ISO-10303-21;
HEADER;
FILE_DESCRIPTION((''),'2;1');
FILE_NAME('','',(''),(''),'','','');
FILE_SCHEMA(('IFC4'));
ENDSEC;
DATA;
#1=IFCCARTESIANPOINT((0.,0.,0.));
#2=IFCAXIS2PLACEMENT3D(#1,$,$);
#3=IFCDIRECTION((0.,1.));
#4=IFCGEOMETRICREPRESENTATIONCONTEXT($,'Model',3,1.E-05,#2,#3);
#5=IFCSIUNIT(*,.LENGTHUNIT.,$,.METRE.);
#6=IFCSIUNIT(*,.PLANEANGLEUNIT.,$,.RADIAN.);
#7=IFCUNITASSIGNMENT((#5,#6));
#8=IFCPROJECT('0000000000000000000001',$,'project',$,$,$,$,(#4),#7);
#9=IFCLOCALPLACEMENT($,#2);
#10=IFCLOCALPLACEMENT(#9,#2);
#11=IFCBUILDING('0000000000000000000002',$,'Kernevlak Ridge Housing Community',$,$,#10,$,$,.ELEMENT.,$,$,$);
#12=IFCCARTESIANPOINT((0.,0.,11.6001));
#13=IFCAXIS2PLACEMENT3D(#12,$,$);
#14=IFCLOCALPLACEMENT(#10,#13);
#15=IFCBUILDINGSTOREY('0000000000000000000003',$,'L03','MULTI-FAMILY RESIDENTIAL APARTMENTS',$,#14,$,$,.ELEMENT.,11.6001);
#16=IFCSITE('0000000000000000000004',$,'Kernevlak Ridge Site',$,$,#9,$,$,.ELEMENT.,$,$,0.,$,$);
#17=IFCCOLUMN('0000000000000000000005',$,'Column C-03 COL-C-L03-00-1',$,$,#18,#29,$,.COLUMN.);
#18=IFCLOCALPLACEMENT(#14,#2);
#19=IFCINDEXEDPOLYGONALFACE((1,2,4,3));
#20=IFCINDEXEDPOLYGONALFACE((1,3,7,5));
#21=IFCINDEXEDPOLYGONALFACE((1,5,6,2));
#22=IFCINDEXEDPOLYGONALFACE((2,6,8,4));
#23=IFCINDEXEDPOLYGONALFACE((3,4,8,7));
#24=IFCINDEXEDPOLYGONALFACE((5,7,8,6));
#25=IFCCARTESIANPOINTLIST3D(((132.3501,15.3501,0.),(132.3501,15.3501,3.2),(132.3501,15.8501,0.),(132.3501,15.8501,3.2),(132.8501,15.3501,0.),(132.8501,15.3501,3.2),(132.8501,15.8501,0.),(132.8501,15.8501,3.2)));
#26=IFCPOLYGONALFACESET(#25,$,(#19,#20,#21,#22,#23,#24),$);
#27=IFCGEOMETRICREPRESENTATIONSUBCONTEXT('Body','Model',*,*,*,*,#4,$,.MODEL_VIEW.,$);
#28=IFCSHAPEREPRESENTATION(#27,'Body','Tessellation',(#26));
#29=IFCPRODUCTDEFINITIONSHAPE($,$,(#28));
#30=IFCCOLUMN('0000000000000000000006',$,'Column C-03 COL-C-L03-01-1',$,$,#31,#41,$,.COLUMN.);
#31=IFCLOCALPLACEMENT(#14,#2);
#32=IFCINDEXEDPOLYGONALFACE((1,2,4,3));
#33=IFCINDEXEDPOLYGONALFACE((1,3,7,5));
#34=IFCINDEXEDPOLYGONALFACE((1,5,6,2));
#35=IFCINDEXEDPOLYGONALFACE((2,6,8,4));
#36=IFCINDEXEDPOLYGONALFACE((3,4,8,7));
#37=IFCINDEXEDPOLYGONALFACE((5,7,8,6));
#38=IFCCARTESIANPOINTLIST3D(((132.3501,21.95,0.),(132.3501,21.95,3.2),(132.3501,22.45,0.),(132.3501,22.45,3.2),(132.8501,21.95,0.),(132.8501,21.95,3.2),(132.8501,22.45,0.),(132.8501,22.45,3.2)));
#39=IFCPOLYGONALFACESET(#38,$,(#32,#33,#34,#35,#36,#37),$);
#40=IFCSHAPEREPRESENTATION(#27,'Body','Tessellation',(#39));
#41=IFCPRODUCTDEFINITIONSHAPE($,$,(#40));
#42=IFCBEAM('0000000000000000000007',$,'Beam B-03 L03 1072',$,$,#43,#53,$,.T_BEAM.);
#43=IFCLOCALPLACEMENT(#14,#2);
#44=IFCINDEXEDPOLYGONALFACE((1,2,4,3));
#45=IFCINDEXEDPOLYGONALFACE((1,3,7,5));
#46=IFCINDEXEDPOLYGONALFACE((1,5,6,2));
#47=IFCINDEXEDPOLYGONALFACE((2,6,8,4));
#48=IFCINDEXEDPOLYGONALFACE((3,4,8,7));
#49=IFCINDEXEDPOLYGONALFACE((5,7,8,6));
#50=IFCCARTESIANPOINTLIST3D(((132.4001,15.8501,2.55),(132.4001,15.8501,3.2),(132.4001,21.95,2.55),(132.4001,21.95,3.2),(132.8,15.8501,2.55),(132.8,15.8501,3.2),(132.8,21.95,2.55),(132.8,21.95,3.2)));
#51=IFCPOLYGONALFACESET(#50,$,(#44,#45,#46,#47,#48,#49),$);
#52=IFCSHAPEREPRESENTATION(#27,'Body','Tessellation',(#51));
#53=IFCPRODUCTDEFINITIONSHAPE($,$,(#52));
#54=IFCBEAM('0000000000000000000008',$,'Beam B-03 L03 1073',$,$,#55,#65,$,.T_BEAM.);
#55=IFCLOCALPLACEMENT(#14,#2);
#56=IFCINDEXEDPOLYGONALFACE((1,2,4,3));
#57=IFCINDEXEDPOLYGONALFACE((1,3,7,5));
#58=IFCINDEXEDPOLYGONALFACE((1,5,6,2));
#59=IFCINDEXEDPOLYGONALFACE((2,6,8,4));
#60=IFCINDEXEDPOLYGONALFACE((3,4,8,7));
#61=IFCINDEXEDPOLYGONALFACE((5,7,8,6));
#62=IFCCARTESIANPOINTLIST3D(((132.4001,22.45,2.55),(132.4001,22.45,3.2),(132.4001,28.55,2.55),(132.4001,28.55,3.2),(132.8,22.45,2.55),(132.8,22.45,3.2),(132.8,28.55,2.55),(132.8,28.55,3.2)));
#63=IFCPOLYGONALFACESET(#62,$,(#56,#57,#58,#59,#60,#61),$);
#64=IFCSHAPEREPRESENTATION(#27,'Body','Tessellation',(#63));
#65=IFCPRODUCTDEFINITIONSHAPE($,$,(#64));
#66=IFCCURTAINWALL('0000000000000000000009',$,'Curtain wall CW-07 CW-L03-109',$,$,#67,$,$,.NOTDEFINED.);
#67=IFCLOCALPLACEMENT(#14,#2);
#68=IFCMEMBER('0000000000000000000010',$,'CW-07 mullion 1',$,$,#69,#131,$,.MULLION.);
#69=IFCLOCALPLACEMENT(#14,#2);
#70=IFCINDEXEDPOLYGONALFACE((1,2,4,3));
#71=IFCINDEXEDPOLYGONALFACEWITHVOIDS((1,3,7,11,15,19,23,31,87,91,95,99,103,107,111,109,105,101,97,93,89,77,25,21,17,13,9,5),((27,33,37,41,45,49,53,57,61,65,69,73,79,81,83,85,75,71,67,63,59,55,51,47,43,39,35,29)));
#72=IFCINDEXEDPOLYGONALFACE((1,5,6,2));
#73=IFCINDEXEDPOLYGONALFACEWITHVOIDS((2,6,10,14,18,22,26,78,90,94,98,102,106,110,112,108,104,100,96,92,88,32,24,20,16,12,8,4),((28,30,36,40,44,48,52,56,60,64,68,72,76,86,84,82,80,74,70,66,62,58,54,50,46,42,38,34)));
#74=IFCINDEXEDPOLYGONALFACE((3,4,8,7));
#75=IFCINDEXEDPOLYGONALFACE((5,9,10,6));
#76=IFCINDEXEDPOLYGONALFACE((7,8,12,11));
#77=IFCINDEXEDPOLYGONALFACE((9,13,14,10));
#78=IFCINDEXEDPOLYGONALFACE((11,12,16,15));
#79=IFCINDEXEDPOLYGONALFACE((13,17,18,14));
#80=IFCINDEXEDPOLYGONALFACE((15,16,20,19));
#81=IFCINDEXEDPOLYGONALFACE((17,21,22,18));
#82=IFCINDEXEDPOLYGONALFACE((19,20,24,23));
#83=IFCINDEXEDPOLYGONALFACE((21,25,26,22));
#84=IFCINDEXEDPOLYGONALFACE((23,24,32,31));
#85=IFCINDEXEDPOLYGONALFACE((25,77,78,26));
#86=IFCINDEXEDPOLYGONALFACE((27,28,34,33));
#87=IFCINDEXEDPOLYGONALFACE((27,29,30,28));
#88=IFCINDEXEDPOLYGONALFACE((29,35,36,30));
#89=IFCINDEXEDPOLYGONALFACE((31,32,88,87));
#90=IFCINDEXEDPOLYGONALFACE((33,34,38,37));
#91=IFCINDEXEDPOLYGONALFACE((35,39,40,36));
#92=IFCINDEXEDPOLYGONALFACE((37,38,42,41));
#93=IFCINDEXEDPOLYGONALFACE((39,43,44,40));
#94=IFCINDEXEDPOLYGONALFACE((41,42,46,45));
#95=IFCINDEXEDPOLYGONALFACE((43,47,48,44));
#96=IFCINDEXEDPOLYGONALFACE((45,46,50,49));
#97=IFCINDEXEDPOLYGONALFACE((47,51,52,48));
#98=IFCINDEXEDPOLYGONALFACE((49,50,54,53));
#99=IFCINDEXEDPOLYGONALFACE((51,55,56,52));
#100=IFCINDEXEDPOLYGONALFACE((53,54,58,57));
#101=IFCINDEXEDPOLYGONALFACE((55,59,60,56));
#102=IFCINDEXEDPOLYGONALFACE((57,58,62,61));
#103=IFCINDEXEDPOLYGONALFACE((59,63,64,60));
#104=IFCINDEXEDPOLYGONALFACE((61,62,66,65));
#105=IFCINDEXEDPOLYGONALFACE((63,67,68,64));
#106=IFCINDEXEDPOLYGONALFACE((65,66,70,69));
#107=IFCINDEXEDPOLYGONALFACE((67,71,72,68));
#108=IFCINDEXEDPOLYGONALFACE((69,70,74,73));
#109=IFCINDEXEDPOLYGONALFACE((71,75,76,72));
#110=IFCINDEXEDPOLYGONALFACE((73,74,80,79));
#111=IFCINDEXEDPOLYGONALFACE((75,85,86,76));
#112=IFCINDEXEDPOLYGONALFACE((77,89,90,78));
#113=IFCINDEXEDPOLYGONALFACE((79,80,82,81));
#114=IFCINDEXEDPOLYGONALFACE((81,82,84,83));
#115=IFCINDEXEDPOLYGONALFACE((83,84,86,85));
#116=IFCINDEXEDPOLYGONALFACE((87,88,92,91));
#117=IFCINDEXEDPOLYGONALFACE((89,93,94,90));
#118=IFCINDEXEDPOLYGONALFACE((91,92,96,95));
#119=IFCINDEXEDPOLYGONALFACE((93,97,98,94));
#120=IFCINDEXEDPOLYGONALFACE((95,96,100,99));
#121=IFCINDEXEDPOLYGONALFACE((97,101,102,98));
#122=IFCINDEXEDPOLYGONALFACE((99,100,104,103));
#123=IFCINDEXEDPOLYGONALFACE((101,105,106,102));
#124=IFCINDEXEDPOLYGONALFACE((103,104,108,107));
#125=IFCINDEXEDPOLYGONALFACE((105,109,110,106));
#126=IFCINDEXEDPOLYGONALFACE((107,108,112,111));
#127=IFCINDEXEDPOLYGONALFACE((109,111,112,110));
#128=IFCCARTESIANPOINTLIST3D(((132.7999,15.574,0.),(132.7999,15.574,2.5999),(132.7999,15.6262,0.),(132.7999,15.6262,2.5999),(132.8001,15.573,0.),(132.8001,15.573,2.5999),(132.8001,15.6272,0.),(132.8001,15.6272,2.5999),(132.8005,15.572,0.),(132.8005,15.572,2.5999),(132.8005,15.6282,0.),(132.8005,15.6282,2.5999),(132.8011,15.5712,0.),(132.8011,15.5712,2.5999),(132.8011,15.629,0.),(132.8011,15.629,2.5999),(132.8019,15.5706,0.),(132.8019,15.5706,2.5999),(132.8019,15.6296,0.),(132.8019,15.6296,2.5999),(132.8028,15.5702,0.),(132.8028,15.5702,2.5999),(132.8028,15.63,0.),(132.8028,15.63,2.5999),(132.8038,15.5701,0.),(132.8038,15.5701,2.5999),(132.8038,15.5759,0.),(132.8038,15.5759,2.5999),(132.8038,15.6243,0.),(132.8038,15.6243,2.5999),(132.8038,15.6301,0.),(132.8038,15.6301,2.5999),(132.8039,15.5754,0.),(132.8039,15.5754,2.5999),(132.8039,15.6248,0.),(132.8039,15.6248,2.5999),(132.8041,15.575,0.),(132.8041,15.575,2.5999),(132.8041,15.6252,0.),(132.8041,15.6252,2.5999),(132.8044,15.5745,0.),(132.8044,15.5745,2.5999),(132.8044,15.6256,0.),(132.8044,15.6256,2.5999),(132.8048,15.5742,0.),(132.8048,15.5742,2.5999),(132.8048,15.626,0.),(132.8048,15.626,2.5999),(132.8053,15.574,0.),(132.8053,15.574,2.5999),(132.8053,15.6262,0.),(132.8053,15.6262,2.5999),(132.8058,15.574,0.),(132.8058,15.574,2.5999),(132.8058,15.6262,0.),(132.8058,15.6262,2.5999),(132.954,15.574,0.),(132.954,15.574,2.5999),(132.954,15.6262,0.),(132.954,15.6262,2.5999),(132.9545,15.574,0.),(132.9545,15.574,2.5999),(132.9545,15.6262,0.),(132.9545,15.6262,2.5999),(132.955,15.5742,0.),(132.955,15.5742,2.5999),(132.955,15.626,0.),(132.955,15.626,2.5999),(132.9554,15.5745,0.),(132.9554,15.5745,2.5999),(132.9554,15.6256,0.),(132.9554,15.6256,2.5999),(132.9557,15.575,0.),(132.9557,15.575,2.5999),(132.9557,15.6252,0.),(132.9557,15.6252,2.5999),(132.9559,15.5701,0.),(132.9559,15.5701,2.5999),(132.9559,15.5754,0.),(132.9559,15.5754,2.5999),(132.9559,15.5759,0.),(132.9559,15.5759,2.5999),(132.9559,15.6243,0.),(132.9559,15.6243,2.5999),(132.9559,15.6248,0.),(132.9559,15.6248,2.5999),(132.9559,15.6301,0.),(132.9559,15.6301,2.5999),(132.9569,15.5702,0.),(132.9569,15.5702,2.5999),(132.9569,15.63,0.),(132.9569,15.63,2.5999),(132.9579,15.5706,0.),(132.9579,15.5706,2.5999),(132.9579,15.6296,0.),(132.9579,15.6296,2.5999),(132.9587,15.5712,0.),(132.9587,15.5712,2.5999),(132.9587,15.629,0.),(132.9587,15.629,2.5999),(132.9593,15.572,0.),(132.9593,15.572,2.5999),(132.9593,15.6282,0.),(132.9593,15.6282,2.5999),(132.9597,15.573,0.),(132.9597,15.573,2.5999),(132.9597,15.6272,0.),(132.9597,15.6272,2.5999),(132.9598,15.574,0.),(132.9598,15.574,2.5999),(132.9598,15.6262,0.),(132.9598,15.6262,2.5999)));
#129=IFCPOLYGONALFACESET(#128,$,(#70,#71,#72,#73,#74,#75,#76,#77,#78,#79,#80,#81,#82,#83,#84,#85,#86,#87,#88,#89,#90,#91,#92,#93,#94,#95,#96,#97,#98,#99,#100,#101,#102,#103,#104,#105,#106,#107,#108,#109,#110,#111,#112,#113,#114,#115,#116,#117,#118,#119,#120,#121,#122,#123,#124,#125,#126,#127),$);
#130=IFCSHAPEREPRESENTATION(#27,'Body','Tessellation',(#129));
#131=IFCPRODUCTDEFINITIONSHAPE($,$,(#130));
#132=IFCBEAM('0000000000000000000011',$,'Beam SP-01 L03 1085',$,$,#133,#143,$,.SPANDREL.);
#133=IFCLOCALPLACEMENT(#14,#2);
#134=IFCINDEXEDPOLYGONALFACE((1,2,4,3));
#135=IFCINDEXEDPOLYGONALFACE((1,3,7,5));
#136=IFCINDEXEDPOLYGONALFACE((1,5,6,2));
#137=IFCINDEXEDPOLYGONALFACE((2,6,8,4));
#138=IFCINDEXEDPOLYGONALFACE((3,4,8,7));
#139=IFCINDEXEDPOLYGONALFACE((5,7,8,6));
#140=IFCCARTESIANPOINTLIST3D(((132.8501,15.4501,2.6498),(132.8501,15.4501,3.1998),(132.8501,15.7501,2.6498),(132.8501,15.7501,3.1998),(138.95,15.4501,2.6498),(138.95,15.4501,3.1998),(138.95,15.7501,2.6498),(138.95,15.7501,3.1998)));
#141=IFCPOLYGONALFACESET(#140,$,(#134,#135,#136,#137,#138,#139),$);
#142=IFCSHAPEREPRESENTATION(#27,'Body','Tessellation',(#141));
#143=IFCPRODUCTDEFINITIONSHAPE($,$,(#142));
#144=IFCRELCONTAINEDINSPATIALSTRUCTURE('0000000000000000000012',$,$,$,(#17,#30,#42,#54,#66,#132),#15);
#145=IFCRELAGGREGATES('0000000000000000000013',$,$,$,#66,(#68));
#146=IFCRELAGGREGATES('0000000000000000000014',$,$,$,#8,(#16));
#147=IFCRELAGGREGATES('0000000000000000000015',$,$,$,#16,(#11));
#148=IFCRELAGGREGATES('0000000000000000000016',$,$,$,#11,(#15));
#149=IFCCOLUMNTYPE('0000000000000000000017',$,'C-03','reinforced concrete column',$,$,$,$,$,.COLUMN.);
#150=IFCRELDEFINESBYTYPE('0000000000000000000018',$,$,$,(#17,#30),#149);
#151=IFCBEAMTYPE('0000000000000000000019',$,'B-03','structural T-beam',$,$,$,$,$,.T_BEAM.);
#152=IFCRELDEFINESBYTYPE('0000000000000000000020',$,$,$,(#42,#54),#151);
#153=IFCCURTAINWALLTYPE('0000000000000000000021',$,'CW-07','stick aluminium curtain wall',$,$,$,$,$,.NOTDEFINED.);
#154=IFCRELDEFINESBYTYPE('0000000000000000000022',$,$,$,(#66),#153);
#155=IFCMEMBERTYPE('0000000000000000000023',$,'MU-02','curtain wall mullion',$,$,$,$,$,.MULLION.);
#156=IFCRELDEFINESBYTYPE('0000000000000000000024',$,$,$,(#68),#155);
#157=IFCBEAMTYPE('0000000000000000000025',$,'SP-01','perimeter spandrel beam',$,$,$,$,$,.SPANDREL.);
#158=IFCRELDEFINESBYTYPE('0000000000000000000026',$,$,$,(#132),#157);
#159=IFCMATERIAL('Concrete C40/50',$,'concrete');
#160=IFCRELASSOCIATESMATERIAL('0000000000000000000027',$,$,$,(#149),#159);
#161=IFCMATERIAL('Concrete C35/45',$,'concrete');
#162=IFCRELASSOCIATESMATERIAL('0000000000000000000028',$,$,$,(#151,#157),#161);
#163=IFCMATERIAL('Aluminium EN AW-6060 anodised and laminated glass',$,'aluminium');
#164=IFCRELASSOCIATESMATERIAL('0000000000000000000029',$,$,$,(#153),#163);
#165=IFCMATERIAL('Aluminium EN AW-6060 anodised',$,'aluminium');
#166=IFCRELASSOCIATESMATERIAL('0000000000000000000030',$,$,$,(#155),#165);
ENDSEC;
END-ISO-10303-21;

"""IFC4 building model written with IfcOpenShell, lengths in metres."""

from ifc_helpers import new_model, si_unit, direction, frame, origin, origin_2d, place, context, subcontext, project, spatial, rectangle, hollow_rectangle, extrude, material, material_profile, profile_set, type_object, element, aggregate, save


model = new_model("IFC4")

# Units and contexts
model_context = context("Model", 3, precision=1e-05, world=origin(), true_north=direction((0.0, 1.0)))
body_context = subcontext(model_context, "Body", "Model", "MODEL_VIEW")
ifc_project = project(units=[si_unit("LENGTHUNIT", "METRE"), si_unit("PLANEANGLEUNIT", "RADIAN")], contexts=[model_context])

# Site, building, storey
site_placement = place(None, origin())
site = spatial("IfcSite", under=ifc_project, at=site_placement, Name="Kernevlak Ridge Site", CompositionType="ELEMENT", RefElevation=0.0)
building_placement = place(site_placement, origin())
building = spatial("IfcBuilding", under=site, at=building_placement, Name="Kernevlak Ridge Housing Community", CompositionType="ELEMENT")
storey_placement = place(building_placement, frame((0.0, 0.0, 11.6001)))
storey = spatial("IfcBuildingStorey", under=building, at=storey_placement, Name="L03", Description="MULTI-FAMILY RESIDENTIAL APARTMENTS", CompositionType="ELEMENT", Elevation=11.6001)

# Columns
ifc_material_1 = material(Name="Concrete C40/50", Category="concrete")
ifc_material_profile_1 = material_profile(ifc_material_1, rectangle(XDim=0.5, YDim=0.5, at=origin_2d()), Name="RC 500x500")
ifc_profile_set_1 = profile_set([ifc_material_profile_1], Name="Concrete C40/50")
column_type = type_object("IfcColumnType", Name="C-03", Description="reinforced concrete column", PredefinedType="COLUMN", material=ifc_profile_set_1)
for number, where, z_axis, x_axis, name in (
    (1, (132.6001, 15.6001, 0.0), (0.0, 0.0, 1.0), (1.0, 0.0, 0.0), "Column C-03 COL-C-L03-00-1"),
    (2, (132.6001, 22.2, 0.0), (0.0, 0.0, 1.0), (1.0, 0.0, 0.0), "Column C-03 COL-C-L03-01-1"),
):
    element("IfcColumn", number, at=place(storey_placement, frame(where, z_axis=z_axis, x_axis=x_axis)), inside=storey, type_object=column_type, Name=name, PredefinedType="COLUMN", context=body_context, shape_type="SweptSolid", body=[
        extrude(rectangle(XDim=0.5, YDim=0.5, at=origin_2d()), origin(), (0.0, 0.0, 1.0), 3.2),
    ])

# Beams
ifc_material_2 = material(Name="Concrete C35/45", Category="concrete")
ifc_material_profile_2 = material_profile(ifc_material_2, rectangle(XDim=0.3999, YDim=0.6499, at=origin_2d()), Name="RC 400x650")
ifc_profile_set_2 = profile_set([ifc_material_profile_2], Name="Concrete C35/45")
beam_type_1 = type_object("IfcBeamType", Name="B-03", Description="structural T-beam", PredefinedType="T_BEAM", material=ifc_profile_set_2)
beam_1_placement = place(storey_placement, frame((132.6001, 15.8501, 2.875), z_axis=(0.0, 1.0, 0.0), x_axis=(-1.0, 0.0, 0.0)))
element("IfcBeam", 3, at=beam_1_placement, inside=storey, type_object=beam_type_1, Name="Beam B-03 L03 1072", PredefinedType="T_BEAM", context=body_context, shape_type="SweptSolid", body=[
    extrude(rectangle(XDim=0.3999, YDim=0.6499, at=origin_2d()), origin(), (0.0, 0.0, 1.0), 6.0999),
])
beam_2_placement = place(storey_placement, frame((132.6001, 22.45, 2.875), z_axis=(0.0, 1.0, 0.0), x_axis=(-1.0, 0.0, 0.0)))
element("IfcBeam", 4, at=beam_2_placement, inside=storey, type_object=beam_type_1, Name="Beam B-03 L03 1073", PredefinedType="T_BEAM", context=body_context, shape_type="SweptSolid", body=[
    extrude(rectangle(XDim=0.3999, YDim=0.6499, at=origin_2d()), origin(), (0.0, 0.0, 1.0), 6.1001),
])

# Curtain wall, member
ifc_material_3 = material(Name="Aluminium EN AW-6060 anodised and laminated glass", Category="aluminium")
curtain_wall_type = type_object("IfcCurtainWallType", Name="CW-07", Description="stick aluminium curtain wall", PredefinedType="NOTDEFINED", material=ifc_material_3)
curtain_wall_placement = place(storey_placement, origin())
curtain_wall = element("IfcCurtainWall", 5, at=curtain_wall_placement, inside=storey, type_object=curtain_wall_type, Name="Curtain wall CW-07 CW-L03-109", PredefinedType="NOTDEFINED")
ifc_material_4 = material(Name="Aluminium EN AW-6060 anodised", Category="aluminium")
ifc_material_profile_3 = material_profile(ifc_material_4, hollow_rectangle(XDim=0.0601, YDim=0.1599, WallThickness=0.0039, InnerFilletRadius=0.002, OuterFilletRadius=0.0039, at=origin_2d()), Name="ALU 60x160x4")
ifc_profile_set_3 = profile_set([ifc_material_profile_3], Name="Aluminium EN AW-6060 anodised")
member_type_1 = type_object("IfcMemberType", Name="MU-02", Description="curtain wall mullion", PredefinedType="MULLION", material=ifc_profile_set_3)
member_1_placement = place(storey_placement, frame((132.8799, 15.6001, 0.0), z_axis=(0.0, 0.0, 1.0), x_axis=(0.0, 1.0, 0.0)))
member_1 = element("IfcMember", 6, at=member_1_placement, type_object=member_type_1, Name="CW-07 mullion 1", PredefinedType="MULLION", context=body_context, shape_type="SweptSolid", body=[
    extrude(hollow_rectangle(XDim=0.0601, YDim=0.1599, WallThickness=0.0039, InnerFilletRadius=0.002, OuterFilletRadius=0.0039, at=origin_2d()), origin(), (0.0, 0.0, 1.0), 2.5999),
])

# Beam
ifc_material_profile_4 = material_profile(ifc_material_2, rectangle(XDim=0.3, YDim=0.55, at=origin_2d()), Name="RC 300x550")
ifc_profile_set_4 = profile_set([ifc_material_profile_4], Name="Concrete C35/45")
beam_type_2 = type_object("IfcBeamType", Name="SP-01", Description="perimeter spandrel beam", PredefinedType="SPANDREL", material=ifc_profile_set_4)
beam_3_placement = place(storey_placement, frame((132.8501, 15.6001, 2.9248), z_axis=(1.0, 0.0, 0.0), x_axis=(0.0, 1.0, 0.0)))
element("IfcBeam", 7, at=beam_3_placement, inside=storey, type_object=beam_type_2, Name="Beam SP-01 L03 1085", PredefinedType="SPANDREL", context=body_context, shape_type="SweptSolid", body=[
    extrude(rectangle(XDim=0.3, YDim=0.55, at=origin_2d()), origin(), (0.0, 0.0, 1.0), 6.0999),
])

aggregate(curtain_wall, [member_1])

save(model, "model.ifc")
